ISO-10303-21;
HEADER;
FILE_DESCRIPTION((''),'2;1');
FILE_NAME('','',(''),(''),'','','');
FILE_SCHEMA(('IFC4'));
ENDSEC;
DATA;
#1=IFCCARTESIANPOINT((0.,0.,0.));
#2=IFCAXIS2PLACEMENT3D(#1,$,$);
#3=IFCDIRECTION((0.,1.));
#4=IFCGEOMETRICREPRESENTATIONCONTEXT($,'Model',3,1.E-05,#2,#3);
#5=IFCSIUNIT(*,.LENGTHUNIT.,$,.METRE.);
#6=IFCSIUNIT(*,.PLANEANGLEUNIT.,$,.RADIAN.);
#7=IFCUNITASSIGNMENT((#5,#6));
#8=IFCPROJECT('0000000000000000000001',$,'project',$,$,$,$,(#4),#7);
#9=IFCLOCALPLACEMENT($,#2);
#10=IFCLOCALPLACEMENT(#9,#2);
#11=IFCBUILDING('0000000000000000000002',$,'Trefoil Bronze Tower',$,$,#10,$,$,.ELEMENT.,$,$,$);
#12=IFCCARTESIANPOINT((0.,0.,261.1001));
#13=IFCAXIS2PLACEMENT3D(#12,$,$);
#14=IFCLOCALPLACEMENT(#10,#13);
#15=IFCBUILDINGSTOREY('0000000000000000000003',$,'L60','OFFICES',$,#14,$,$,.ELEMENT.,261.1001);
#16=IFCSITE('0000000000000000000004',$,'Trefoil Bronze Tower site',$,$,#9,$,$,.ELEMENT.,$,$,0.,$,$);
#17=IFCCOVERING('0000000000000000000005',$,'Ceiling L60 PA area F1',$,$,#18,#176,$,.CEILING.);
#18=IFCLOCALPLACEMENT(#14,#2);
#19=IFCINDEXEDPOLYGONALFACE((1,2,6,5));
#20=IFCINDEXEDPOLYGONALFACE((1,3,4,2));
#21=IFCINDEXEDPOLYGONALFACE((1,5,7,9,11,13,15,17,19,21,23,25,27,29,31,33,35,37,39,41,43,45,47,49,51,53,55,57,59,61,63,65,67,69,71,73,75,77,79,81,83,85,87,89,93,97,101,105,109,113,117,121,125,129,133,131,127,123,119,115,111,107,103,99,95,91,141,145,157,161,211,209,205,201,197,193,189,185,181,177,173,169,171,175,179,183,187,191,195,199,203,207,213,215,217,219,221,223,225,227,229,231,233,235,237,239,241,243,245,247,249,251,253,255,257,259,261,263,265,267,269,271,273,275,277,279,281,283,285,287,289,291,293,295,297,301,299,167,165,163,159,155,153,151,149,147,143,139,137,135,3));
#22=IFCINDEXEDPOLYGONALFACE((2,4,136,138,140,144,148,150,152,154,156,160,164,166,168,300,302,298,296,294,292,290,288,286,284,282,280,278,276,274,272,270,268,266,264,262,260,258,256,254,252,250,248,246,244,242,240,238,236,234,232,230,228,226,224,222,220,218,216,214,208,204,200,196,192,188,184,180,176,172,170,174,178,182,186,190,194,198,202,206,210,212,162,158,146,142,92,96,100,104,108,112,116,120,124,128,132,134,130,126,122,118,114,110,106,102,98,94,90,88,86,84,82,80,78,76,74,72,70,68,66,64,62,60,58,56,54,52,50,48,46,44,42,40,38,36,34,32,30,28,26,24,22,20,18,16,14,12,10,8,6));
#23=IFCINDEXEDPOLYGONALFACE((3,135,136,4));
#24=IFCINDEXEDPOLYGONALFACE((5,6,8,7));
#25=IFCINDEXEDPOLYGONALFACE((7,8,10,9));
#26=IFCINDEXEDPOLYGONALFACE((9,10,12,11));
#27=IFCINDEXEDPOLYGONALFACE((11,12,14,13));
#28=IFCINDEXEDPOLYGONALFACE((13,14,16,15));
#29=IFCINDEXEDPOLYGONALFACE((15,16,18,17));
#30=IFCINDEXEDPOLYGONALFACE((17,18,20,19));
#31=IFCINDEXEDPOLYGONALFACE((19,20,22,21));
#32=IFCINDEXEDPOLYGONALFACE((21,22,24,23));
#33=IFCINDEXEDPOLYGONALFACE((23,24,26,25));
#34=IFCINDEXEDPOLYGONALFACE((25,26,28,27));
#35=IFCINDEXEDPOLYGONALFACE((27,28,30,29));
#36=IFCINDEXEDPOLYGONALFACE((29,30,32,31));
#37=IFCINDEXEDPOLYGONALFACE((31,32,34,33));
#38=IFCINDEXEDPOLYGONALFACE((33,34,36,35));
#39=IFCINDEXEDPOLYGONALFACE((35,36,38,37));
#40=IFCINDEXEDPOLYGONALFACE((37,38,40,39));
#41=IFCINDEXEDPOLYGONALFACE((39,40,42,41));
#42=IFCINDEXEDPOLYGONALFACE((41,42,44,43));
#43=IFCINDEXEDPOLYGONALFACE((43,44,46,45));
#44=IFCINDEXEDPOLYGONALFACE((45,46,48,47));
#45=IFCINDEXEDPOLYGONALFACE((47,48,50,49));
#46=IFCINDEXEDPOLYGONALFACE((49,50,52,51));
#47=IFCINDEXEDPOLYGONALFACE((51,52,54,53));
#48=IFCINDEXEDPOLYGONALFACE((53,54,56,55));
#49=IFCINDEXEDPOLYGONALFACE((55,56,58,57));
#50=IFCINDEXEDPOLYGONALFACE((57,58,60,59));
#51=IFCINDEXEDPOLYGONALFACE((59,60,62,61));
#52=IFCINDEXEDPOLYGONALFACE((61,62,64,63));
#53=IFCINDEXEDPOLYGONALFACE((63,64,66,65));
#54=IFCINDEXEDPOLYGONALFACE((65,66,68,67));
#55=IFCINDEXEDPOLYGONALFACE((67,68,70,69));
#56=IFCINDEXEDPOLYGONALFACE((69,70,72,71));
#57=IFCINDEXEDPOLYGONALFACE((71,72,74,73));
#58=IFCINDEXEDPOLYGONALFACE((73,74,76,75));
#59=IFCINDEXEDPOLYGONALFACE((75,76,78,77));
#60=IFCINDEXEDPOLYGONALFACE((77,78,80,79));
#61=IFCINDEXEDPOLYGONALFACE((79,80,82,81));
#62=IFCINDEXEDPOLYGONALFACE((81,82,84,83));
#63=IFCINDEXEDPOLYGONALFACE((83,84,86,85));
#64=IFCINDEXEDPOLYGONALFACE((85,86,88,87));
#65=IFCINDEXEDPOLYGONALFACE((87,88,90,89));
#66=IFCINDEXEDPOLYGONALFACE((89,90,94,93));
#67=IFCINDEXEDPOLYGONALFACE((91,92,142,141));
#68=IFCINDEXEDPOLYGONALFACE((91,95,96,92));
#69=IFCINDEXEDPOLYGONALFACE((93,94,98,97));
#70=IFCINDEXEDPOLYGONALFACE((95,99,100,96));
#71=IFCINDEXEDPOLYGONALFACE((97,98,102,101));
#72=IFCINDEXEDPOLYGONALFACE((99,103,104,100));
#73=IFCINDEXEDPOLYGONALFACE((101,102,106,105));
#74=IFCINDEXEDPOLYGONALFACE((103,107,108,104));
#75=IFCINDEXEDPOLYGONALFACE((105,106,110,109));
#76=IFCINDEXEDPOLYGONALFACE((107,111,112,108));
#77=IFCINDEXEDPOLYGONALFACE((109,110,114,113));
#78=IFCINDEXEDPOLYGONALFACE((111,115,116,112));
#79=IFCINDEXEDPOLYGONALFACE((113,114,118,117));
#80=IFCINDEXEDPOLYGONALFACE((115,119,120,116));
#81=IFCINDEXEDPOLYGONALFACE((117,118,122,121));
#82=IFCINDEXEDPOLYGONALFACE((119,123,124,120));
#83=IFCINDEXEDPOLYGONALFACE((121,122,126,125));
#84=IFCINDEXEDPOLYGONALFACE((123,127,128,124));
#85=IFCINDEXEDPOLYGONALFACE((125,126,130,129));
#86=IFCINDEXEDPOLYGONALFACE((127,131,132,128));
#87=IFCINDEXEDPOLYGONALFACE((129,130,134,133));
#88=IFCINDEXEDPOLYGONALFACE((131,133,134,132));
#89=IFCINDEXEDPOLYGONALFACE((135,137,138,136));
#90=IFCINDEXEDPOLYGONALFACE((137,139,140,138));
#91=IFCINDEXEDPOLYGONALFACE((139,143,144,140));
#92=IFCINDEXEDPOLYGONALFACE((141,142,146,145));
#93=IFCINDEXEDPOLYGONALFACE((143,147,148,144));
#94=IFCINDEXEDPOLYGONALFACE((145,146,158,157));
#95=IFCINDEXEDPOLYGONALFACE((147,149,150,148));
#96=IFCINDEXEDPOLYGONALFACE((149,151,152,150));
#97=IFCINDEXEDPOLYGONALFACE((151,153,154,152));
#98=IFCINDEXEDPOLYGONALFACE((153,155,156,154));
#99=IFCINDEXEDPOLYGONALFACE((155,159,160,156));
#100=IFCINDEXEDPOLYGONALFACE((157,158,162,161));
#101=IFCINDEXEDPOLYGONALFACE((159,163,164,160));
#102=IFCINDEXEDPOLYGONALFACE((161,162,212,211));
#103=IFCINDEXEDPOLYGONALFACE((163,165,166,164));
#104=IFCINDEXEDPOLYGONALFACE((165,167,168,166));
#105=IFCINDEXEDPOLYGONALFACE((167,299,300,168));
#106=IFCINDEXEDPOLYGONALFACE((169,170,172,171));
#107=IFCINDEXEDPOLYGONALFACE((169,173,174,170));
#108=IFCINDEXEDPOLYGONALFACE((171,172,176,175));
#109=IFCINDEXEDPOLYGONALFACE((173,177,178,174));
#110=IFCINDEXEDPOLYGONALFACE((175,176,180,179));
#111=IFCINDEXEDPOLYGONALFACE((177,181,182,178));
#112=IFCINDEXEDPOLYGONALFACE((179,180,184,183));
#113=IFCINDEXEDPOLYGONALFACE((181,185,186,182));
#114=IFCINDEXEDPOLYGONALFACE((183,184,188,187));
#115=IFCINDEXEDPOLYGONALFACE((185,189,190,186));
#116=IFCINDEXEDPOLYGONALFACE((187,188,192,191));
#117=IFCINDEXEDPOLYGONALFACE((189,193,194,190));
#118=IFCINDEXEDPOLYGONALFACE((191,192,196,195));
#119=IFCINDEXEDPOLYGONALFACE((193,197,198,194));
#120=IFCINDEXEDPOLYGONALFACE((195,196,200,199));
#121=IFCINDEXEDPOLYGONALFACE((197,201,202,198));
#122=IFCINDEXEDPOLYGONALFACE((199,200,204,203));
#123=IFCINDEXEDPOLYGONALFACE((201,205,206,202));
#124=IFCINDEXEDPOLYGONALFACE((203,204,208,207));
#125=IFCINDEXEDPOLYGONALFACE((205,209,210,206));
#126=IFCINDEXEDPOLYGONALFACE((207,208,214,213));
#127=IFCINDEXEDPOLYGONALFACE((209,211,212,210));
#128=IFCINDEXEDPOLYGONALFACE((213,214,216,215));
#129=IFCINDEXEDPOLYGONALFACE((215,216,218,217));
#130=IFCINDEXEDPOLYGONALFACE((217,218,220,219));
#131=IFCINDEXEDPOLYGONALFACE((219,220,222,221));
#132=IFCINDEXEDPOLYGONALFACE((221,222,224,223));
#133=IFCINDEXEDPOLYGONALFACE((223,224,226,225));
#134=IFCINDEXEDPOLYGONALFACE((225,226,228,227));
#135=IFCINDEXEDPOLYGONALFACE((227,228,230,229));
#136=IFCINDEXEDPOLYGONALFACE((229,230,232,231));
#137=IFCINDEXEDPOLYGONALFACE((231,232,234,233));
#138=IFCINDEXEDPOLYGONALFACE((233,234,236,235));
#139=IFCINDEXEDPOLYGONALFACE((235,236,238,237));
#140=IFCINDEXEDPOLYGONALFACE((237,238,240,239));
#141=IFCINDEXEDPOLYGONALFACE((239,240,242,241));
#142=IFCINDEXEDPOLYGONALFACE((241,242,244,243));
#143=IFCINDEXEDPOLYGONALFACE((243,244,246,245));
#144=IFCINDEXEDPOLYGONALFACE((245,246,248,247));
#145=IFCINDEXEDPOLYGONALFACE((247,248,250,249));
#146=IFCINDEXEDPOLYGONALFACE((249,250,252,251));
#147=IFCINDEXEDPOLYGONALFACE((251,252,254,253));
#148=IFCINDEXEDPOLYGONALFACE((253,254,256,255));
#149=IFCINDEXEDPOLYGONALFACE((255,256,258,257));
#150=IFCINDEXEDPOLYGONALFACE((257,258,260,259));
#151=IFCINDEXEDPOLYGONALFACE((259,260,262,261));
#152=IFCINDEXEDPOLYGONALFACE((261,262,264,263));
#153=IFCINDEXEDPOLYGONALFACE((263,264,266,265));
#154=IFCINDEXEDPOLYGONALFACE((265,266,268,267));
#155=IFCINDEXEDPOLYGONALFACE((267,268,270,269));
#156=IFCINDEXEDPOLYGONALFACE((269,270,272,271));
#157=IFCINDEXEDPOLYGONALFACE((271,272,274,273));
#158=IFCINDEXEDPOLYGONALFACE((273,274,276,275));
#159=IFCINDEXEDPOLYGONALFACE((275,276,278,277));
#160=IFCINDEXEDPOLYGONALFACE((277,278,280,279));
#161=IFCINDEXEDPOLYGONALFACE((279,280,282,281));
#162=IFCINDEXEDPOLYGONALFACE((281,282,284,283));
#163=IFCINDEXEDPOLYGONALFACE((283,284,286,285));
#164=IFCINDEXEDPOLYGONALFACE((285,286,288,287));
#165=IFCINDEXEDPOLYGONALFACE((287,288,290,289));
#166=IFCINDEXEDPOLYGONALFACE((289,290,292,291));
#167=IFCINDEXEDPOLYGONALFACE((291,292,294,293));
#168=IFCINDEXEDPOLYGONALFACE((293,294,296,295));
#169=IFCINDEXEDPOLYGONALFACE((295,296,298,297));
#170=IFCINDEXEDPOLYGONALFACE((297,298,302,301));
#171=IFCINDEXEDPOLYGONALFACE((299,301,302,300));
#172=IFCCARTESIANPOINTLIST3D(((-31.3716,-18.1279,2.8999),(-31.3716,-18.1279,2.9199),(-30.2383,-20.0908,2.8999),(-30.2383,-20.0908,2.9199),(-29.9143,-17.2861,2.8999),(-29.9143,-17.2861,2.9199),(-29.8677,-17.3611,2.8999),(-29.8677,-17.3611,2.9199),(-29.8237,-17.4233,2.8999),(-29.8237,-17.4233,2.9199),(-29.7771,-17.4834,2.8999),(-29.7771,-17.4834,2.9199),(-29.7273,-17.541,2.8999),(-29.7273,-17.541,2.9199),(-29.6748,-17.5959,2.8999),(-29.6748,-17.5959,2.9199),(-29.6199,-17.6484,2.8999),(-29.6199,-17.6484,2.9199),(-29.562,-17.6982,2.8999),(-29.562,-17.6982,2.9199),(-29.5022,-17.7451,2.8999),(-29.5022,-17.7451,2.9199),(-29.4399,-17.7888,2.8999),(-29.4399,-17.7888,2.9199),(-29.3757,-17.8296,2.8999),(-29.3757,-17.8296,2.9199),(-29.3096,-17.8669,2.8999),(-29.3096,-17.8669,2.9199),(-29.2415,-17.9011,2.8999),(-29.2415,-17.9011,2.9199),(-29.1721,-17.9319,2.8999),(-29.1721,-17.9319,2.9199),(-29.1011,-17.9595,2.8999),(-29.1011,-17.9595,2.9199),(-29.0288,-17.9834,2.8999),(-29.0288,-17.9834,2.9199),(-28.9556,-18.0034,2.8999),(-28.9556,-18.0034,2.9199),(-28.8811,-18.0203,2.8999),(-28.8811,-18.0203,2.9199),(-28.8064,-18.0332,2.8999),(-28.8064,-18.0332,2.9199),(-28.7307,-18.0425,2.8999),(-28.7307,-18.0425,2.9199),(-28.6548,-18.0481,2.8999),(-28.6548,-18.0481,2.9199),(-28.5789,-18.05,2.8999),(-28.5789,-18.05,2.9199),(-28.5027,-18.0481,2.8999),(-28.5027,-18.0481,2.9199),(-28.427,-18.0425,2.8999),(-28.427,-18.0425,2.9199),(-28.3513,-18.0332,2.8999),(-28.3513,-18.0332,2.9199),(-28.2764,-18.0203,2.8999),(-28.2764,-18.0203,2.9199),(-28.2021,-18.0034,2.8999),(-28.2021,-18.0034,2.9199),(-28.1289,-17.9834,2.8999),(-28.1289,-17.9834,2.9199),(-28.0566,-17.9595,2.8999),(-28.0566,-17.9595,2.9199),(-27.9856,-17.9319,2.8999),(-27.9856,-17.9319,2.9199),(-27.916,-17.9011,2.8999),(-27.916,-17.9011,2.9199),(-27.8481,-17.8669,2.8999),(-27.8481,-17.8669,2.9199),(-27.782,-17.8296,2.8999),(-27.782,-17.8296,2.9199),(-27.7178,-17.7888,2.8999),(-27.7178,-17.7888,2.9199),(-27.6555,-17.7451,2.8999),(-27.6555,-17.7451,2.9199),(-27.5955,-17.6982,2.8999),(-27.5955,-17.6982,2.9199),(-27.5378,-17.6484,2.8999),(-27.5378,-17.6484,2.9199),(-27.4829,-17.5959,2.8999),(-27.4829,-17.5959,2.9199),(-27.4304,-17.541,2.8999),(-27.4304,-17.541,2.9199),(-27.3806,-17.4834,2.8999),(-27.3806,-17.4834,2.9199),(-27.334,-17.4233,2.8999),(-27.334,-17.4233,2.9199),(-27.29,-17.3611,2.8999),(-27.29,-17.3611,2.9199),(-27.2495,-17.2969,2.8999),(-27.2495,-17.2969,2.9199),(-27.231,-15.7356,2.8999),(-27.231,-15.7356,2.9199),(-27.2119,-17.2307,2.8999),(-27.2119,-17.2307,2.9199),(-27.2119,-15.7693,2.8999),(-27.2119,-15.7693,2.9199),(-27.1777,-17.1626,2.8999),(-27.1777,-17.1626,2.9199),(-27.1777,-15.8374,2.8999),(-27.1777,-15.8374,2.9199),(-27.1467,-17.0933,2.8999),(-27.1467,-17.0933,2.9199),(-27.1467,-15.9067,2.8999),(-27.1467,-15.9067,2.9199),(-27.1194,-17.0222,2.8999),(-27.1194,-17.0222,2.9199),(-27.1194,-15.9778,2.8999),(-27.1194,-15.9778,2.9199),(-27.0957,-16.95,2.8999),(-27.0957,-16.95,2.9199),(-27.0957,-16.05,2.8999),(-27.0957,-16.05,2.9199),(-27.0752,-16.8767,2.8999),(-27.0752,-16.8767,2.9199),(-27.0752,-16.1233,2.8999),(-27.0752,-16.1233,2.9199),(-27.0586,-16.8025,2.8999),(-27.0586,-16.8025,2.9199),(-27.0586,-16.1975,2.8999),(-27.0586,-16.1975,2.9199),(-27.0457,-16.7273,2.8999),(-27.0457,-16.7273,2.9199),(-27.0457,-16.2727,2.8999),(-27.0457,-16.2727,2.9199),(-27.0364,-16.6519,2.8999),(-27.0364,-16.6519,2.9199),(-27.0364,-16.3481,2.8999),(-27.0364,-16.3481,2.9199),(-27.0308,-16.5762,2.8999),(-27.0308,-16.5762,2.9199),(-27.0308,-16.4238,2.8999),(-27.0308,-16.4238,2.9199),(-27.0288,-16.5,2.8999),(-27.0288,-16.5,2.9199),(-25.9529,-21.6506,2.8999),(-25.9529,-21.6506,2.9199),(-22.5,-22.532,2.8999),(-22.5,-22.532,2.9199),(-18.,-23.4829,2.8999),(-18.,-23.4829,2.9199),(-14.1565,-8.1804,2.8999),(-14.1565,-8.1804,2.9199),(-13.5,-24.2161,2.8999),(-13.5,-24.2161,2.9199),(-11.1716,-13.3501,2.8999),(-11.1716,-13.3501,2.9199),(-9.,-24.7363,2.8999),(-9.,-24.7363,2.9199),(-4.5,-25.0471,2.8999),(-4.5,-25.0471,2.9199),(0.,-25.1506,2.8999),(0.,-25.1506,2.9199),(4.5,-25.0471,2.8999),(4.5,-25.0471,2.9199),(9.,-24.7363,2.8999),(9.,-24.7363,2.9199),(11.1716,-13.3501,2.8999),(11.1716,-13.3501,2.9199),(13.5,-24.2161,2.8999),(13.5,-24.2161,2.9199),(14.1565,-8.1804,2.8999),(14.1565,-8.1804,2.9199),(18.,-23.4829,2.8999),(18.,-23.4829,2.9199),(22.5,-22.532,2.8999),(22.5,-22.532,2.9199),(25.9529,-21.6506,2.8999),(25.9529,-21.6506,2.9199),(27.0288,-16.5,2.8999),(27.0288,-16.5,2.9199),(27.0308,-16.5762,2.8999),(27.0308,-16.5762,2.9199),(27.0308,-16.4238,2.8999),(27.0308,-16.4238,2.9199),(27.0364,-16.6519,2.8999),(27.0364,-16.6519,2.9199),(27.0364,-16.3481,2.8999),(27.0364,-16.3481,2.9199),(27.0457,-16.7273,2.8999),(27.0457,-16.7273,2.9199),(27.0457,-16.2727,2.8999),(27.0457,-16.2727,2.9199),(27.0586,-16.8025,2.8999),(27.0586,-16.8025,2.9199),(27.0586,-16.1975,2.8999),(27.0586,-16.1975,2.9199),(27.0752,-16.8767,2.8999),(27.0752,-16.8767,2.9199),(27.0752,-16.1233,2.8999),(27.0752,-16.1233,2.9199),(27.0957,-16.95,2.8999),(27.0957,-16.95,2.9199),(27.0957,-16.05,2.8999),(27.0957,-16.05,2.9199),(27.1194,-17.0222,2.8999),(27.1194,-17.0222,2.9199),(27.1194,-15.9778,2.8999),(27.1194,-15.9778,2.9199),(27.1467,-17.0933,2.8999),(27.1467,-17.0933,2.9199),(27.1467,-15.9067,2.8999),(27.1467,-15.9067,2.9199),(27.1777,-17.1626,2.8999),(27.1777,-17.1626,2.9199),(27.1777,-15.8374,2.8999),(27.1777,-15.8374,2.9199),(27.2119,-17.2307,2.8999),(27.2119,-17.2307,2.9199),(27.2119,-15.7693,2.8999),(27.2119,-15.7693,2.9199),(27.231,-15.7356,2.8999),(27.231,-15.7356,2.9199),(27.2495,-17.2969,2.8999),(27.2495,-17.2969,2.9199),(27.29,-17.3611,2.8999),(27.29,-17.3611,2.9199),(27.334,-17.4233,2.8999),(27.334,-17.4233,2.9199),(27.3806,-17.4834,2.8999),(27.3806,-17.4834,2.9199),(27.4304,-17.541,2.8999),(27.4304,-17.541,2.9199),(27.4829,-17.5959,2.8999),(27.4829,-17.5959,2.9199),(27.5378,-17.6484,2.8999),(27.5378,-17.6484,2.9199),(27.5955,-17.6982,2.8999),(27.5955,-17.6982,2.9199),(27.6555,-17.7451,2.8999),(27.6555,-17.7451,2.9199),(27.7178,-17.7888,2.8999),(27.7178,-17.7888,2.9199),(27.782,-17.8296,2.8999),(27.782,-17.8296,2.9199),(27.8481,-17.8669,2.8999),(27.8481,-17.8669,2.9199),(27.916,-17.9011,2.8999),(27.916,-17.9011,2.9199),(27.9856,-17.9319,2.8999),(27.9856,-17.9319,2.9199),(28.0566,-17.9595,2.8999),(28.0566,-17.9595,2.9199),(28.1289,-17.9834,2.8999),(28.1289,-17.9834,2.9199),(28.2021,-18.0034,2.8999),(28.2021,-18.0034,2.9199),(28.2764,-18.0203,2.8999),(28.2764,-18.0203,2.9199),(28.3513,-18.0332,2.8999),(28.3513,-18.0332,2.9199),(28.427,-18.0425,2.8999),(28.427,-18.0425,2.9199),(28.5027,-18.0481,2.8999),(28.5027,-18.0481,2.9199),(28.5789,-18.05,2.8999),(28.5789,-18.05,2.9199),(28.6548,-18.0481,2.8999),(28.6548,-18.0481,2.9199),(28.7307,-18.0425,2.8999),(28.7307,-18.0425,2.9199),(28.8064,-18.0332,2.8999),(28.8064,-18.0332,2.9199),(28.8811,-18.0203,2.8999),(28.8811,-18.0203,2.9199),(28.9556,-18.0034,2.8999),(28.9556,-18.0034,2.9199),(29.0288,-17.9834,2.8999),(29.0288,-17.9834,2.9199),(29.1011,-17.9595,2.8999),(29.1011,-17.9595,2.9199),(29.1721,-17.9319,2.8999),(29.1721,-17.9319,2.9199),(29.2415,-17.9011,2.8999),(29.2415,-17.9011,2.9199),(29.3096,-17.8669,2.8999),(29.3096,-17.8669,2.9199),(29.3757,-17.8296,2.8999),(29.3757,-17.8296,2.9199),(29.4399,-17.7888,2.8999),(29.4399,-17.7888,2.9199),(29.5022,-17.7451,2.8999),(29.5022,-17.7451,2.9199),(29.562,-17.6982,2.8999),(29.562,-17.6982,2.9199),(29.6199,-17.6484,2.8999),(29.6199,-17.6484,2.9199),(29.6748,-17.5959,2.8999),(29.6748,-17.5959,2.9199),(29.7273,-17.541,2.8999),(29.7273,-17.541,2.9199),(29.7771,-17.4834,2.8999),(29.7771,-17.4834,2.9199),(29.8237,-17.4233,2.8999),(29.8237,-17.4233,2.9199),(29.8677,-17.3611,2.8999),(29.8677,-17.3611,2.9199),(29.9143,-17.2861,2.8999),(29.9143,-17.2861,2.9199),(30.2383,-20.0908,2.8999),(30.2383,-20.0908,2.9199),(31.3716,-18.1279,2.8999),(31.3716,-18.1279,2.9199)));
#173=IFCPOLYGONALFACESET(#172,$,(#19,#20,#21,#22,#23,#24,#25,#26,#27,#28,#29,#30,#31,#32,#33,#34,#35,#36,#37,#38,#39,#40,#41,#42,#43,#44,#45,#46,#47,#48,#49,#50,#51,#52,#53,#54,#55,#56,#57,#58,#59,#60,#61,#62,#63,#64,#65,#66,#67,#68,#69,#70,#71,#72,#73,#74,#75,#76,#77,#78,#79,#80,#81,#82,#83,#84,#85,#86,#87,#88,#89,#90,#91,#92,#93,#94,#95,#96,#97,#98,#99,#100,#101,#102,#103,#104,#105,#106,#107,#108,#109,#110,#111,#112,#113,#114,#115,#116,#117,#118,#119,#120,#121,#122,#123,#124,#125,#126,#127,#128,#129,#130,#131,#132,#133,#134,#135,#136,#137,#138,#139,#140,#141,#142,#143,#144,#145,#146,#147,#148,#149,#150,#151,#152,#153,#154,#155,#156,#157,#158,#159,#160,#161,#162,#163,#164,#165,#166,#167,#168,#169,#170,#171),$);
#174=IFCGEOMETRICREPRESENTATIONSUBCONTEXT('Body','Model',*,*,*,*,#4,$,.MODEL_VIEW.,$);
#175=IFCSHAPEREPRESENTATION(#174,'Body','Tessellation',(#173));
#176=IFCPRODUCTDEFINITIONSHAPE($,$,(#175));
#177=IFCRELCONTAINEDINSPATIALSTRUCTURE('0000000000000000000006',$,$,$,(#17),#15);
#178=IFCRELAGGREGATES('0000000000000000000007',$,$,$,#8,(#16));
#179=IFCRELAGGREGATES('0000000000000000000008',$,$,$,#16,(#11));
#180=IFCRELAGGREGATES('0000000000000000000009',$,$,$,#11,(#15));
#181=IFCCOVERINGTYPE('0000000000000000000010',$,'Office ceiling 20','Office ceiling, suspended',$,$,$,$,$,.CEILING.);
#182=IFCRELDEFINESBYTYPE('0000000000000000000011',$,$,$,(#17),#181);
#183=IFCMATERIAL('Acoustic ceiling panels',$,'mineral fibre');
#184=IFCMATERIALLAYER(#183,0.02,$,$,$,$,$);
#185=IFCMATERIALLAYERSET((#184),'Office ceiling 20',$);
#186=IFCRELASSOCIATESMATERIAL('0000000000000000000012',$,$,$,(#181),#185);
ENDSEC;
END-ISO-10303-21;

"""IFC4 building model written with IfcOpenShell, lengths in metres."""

from ifc_helpers import new_model, si_unit, direction, frame, origin, place, context, subcontext, project, spatial, polyline, outline, extrude, material, layer, layer_set, type_object, element, save


model = new_model("IFC4")

# Units and contexts
model_context = context("Model", 3, precision=1e-05, world=origin(), true_north=direction((0.0, 1.0)))
body_context = subcontext(model_context, "Body", "Model", "MODEL_VIEW")
ifc_project = project(units=[si_unit("LENGTHUNIT", "METRE"), si_unit("PLANEANGLEUNIT", "RADIAN")], contexts=[model_context])

# Site, building, storey
site_placement = place(None, origin())
site = spatial("IfcSite", under=ifc_project, at=site_placement, Name="Trefoil Bronze Tower site", CompositionType="ELEMENT", RefElevation=0.0)
building_placement = place(site_placement, origin())
building = spatial("IfcBuilding", under=site, at=building_placement, Name="Trefoil Bronze Tower", CompositionType="ELEMENT")
storey_placement = place(building_placement, frame((0.0, 0.0, 261.1001)))
storey = spatial("IfcBuildingStorey", under=building, at=storey_placement, Name="L60", Description="OFFICES", CompositionType="ELEMENT", Elevation=261.1001)

# Covering
ifc_material_1 = material(Name="Acoustic ceiling panels", Category="mineral fibre")
ifc_layer_1 = layer(ifc_material_1, 0.02)
ifc_layer_set_1 = layer_set([ifc_layer_1], Name="Office ceiling 20")
covering_type_1 = type_object("IfcCoveringType", Name="Office ceiling 20", Description="Office ceiling, suspended", PredefinedType="CEILING", material=ifc_layer_set_1)
covering_1_placement = place(storey_placement, frame((0.0, 0.0, 2.8999)))
element("IfcCovering", 1, at=covering_1_placement, inside=storey, type_object=covering_type_1, Name="Ceiling L60 PA area F1", PredefinedType="CEILING", context=body_context, shape_type="SweptSolid", body=[
    extrude(outline(polyline([(-29.8677, -17.3611), (-29.8237, -17.4233), (-29.7771, -17.4834), (-29.7273, -17.541), (-29.6748, -17.5959), (-29.6199, -17.6484), (-29.562, -17.6982), (-29.5022, -17.7451), (-29.4399, -17.7888), (-29.3757, -17.8296), (-29.3096, -17.8669), (-29.2415, -17.9011), (-29.1721, -17.9319), (-29.1011, -17.9595), (-29.0288, -17.9834), (-28.9556, -18.0034), (-28.8811, -18.0203), (-28.8064, -18.0332), (-28.7307, -18.0425), (-28.6548, -18.0481), (-28.5789, -18.05), (-28.5027, -18.0481), (-28.427, -18.0425), (-28.3513, -18.0332), (-28.2764, -18.0203), (-28.2021, -18.0034), (-28.1289, -17.9834), (-28.0566, -17.9595), (-27.9856, -17.9319), (-27.916, -17.9011), (-27.8481, -17.8669), (-27.782, -17.8296), (-27.7178, -17.7888), (-27.6555, -17.7451), (-27.5955, -17.6982), (-27.5378, -17.6484), (-27.4829, -17.5959), (-27.4304, -17.541), (-27.3806, -17.4834), (-27.334, -17.4233), (-27.29, -17.3611), (-27.2495, -17.2969), (-27.2119, -17.2307), (-27.1777, -17.1626), (-27.1467, -17.0933), (-27.1194, -17.0222), (-27.0957, -16.95), (-27.0752, -16.8767), (-27.0586, -16.8025), (-27.0457, -16.7273), (-27.0364, -16.6519), (-27.0308, -16.5762), (-27.0288, -16.5), (-27.0308, -16.4238), (-27.0364, -16.3481), (-27.0457, -16.2727), (-27.0586, -16.1975), (-27.0752, -16.1233), (-27.0957, -16.05), (-27.1194, -15.9778), (-27.1467, -15.9067), (-27.1777, -15.8374), (-27.2119, -15.7693), (-27.231, -15.7356), (-14.1565, -8.1804), (-11.1716, -13.3501), (11.1716, -13.3501), (14.1565, -8.1804), (27.231, -15.7356), (27.2119, -15.7693), (27.1777, -15.8374), (27.1467, -15.9067), (27.1194, -15.9778), (27.0957, -16.05), (27.0752, -16.1233), (27.0586, -16.1975), (27.0457, -16.2727), (27.0364, -16.3481), (27.0308, -16.4238), (27.0288, -16.5), (27.0308, -16.5762), (27.0364, -16.6519), (27.0457, -16.7273), (27.0586, -16.8025), (27.0752, -16.8767), (27.0957, -16.95), (27.1194, -17.0222), (27.1467, -17.0933), (27.1777, -17.1626), (27.2119, -17.2307), (27.2495, -17.2969), (27.29, -17.3611), (27.334, -17.4233), (27.3806, -17.4834), (27.4304, -17.541), (27.4829, -17.5959), (27.5378, -17.6484), (27.5955, -17.6982), (27.6555, -17.7451), (27.7178, -17.7888), (27.782, -17.8296), (27.8481, -17.8669), (27.916, -17.9011), (27.9856, -17.9319), (28.0566, -17.9595), (28.1289, -17.9834), (28.2021, -18.0034), (28.2764, -18.0203), (28.3513, -18.0332), (28.427, -18.0425), (28.5027, -18.0481), (28.5789, -18.05), (28.6548, -18.0481), (28.7307, -18.0425), (28.8064, -18.0332), (28.8811, -18.0203), (28.9556, -18.0034), (29.0288, -17.9834), (29.1011, -17.9595), (29.1721, -17.9319), (29.2415, -17.9011), (29.3096, -17.8669), (29.3757, -17.8296), (29.4399, -17.7888), (29.5022, -17.7451), (29.562, -17.6982), (29.6199, -17.6484), (29.6748, -17.5959), (29.7273, -17.541), (29.7771, -17.4834), (29.8237, -17.4233), (29.8677, -17.3611), (29.9143, -17.2861), (31.3716, -18.1279), (30.2383, -20.0908), (25.9529, -21.6506), (22.5, -22.532), (18.0, -23.4829), (13.5, -24.2161), (9.0, -24.7363), (4.5, -25.0471), (0.0, -25.1506), (-4.5, -25.0471), (-9.0, -24.7363), (-13.5, -24.2161), (-18.0, -23.4829), (-22.5, -22.532), (-25.9529, -21.6506), (-30.2383, -20.0908), (-31.3716, -18.1279), (-29.9143, -17.2861), (-29.8677, -17.3611)])), origin(), (0.0, 0.0, 1.0), 0.02),
])

save(model, "model.ifc")
